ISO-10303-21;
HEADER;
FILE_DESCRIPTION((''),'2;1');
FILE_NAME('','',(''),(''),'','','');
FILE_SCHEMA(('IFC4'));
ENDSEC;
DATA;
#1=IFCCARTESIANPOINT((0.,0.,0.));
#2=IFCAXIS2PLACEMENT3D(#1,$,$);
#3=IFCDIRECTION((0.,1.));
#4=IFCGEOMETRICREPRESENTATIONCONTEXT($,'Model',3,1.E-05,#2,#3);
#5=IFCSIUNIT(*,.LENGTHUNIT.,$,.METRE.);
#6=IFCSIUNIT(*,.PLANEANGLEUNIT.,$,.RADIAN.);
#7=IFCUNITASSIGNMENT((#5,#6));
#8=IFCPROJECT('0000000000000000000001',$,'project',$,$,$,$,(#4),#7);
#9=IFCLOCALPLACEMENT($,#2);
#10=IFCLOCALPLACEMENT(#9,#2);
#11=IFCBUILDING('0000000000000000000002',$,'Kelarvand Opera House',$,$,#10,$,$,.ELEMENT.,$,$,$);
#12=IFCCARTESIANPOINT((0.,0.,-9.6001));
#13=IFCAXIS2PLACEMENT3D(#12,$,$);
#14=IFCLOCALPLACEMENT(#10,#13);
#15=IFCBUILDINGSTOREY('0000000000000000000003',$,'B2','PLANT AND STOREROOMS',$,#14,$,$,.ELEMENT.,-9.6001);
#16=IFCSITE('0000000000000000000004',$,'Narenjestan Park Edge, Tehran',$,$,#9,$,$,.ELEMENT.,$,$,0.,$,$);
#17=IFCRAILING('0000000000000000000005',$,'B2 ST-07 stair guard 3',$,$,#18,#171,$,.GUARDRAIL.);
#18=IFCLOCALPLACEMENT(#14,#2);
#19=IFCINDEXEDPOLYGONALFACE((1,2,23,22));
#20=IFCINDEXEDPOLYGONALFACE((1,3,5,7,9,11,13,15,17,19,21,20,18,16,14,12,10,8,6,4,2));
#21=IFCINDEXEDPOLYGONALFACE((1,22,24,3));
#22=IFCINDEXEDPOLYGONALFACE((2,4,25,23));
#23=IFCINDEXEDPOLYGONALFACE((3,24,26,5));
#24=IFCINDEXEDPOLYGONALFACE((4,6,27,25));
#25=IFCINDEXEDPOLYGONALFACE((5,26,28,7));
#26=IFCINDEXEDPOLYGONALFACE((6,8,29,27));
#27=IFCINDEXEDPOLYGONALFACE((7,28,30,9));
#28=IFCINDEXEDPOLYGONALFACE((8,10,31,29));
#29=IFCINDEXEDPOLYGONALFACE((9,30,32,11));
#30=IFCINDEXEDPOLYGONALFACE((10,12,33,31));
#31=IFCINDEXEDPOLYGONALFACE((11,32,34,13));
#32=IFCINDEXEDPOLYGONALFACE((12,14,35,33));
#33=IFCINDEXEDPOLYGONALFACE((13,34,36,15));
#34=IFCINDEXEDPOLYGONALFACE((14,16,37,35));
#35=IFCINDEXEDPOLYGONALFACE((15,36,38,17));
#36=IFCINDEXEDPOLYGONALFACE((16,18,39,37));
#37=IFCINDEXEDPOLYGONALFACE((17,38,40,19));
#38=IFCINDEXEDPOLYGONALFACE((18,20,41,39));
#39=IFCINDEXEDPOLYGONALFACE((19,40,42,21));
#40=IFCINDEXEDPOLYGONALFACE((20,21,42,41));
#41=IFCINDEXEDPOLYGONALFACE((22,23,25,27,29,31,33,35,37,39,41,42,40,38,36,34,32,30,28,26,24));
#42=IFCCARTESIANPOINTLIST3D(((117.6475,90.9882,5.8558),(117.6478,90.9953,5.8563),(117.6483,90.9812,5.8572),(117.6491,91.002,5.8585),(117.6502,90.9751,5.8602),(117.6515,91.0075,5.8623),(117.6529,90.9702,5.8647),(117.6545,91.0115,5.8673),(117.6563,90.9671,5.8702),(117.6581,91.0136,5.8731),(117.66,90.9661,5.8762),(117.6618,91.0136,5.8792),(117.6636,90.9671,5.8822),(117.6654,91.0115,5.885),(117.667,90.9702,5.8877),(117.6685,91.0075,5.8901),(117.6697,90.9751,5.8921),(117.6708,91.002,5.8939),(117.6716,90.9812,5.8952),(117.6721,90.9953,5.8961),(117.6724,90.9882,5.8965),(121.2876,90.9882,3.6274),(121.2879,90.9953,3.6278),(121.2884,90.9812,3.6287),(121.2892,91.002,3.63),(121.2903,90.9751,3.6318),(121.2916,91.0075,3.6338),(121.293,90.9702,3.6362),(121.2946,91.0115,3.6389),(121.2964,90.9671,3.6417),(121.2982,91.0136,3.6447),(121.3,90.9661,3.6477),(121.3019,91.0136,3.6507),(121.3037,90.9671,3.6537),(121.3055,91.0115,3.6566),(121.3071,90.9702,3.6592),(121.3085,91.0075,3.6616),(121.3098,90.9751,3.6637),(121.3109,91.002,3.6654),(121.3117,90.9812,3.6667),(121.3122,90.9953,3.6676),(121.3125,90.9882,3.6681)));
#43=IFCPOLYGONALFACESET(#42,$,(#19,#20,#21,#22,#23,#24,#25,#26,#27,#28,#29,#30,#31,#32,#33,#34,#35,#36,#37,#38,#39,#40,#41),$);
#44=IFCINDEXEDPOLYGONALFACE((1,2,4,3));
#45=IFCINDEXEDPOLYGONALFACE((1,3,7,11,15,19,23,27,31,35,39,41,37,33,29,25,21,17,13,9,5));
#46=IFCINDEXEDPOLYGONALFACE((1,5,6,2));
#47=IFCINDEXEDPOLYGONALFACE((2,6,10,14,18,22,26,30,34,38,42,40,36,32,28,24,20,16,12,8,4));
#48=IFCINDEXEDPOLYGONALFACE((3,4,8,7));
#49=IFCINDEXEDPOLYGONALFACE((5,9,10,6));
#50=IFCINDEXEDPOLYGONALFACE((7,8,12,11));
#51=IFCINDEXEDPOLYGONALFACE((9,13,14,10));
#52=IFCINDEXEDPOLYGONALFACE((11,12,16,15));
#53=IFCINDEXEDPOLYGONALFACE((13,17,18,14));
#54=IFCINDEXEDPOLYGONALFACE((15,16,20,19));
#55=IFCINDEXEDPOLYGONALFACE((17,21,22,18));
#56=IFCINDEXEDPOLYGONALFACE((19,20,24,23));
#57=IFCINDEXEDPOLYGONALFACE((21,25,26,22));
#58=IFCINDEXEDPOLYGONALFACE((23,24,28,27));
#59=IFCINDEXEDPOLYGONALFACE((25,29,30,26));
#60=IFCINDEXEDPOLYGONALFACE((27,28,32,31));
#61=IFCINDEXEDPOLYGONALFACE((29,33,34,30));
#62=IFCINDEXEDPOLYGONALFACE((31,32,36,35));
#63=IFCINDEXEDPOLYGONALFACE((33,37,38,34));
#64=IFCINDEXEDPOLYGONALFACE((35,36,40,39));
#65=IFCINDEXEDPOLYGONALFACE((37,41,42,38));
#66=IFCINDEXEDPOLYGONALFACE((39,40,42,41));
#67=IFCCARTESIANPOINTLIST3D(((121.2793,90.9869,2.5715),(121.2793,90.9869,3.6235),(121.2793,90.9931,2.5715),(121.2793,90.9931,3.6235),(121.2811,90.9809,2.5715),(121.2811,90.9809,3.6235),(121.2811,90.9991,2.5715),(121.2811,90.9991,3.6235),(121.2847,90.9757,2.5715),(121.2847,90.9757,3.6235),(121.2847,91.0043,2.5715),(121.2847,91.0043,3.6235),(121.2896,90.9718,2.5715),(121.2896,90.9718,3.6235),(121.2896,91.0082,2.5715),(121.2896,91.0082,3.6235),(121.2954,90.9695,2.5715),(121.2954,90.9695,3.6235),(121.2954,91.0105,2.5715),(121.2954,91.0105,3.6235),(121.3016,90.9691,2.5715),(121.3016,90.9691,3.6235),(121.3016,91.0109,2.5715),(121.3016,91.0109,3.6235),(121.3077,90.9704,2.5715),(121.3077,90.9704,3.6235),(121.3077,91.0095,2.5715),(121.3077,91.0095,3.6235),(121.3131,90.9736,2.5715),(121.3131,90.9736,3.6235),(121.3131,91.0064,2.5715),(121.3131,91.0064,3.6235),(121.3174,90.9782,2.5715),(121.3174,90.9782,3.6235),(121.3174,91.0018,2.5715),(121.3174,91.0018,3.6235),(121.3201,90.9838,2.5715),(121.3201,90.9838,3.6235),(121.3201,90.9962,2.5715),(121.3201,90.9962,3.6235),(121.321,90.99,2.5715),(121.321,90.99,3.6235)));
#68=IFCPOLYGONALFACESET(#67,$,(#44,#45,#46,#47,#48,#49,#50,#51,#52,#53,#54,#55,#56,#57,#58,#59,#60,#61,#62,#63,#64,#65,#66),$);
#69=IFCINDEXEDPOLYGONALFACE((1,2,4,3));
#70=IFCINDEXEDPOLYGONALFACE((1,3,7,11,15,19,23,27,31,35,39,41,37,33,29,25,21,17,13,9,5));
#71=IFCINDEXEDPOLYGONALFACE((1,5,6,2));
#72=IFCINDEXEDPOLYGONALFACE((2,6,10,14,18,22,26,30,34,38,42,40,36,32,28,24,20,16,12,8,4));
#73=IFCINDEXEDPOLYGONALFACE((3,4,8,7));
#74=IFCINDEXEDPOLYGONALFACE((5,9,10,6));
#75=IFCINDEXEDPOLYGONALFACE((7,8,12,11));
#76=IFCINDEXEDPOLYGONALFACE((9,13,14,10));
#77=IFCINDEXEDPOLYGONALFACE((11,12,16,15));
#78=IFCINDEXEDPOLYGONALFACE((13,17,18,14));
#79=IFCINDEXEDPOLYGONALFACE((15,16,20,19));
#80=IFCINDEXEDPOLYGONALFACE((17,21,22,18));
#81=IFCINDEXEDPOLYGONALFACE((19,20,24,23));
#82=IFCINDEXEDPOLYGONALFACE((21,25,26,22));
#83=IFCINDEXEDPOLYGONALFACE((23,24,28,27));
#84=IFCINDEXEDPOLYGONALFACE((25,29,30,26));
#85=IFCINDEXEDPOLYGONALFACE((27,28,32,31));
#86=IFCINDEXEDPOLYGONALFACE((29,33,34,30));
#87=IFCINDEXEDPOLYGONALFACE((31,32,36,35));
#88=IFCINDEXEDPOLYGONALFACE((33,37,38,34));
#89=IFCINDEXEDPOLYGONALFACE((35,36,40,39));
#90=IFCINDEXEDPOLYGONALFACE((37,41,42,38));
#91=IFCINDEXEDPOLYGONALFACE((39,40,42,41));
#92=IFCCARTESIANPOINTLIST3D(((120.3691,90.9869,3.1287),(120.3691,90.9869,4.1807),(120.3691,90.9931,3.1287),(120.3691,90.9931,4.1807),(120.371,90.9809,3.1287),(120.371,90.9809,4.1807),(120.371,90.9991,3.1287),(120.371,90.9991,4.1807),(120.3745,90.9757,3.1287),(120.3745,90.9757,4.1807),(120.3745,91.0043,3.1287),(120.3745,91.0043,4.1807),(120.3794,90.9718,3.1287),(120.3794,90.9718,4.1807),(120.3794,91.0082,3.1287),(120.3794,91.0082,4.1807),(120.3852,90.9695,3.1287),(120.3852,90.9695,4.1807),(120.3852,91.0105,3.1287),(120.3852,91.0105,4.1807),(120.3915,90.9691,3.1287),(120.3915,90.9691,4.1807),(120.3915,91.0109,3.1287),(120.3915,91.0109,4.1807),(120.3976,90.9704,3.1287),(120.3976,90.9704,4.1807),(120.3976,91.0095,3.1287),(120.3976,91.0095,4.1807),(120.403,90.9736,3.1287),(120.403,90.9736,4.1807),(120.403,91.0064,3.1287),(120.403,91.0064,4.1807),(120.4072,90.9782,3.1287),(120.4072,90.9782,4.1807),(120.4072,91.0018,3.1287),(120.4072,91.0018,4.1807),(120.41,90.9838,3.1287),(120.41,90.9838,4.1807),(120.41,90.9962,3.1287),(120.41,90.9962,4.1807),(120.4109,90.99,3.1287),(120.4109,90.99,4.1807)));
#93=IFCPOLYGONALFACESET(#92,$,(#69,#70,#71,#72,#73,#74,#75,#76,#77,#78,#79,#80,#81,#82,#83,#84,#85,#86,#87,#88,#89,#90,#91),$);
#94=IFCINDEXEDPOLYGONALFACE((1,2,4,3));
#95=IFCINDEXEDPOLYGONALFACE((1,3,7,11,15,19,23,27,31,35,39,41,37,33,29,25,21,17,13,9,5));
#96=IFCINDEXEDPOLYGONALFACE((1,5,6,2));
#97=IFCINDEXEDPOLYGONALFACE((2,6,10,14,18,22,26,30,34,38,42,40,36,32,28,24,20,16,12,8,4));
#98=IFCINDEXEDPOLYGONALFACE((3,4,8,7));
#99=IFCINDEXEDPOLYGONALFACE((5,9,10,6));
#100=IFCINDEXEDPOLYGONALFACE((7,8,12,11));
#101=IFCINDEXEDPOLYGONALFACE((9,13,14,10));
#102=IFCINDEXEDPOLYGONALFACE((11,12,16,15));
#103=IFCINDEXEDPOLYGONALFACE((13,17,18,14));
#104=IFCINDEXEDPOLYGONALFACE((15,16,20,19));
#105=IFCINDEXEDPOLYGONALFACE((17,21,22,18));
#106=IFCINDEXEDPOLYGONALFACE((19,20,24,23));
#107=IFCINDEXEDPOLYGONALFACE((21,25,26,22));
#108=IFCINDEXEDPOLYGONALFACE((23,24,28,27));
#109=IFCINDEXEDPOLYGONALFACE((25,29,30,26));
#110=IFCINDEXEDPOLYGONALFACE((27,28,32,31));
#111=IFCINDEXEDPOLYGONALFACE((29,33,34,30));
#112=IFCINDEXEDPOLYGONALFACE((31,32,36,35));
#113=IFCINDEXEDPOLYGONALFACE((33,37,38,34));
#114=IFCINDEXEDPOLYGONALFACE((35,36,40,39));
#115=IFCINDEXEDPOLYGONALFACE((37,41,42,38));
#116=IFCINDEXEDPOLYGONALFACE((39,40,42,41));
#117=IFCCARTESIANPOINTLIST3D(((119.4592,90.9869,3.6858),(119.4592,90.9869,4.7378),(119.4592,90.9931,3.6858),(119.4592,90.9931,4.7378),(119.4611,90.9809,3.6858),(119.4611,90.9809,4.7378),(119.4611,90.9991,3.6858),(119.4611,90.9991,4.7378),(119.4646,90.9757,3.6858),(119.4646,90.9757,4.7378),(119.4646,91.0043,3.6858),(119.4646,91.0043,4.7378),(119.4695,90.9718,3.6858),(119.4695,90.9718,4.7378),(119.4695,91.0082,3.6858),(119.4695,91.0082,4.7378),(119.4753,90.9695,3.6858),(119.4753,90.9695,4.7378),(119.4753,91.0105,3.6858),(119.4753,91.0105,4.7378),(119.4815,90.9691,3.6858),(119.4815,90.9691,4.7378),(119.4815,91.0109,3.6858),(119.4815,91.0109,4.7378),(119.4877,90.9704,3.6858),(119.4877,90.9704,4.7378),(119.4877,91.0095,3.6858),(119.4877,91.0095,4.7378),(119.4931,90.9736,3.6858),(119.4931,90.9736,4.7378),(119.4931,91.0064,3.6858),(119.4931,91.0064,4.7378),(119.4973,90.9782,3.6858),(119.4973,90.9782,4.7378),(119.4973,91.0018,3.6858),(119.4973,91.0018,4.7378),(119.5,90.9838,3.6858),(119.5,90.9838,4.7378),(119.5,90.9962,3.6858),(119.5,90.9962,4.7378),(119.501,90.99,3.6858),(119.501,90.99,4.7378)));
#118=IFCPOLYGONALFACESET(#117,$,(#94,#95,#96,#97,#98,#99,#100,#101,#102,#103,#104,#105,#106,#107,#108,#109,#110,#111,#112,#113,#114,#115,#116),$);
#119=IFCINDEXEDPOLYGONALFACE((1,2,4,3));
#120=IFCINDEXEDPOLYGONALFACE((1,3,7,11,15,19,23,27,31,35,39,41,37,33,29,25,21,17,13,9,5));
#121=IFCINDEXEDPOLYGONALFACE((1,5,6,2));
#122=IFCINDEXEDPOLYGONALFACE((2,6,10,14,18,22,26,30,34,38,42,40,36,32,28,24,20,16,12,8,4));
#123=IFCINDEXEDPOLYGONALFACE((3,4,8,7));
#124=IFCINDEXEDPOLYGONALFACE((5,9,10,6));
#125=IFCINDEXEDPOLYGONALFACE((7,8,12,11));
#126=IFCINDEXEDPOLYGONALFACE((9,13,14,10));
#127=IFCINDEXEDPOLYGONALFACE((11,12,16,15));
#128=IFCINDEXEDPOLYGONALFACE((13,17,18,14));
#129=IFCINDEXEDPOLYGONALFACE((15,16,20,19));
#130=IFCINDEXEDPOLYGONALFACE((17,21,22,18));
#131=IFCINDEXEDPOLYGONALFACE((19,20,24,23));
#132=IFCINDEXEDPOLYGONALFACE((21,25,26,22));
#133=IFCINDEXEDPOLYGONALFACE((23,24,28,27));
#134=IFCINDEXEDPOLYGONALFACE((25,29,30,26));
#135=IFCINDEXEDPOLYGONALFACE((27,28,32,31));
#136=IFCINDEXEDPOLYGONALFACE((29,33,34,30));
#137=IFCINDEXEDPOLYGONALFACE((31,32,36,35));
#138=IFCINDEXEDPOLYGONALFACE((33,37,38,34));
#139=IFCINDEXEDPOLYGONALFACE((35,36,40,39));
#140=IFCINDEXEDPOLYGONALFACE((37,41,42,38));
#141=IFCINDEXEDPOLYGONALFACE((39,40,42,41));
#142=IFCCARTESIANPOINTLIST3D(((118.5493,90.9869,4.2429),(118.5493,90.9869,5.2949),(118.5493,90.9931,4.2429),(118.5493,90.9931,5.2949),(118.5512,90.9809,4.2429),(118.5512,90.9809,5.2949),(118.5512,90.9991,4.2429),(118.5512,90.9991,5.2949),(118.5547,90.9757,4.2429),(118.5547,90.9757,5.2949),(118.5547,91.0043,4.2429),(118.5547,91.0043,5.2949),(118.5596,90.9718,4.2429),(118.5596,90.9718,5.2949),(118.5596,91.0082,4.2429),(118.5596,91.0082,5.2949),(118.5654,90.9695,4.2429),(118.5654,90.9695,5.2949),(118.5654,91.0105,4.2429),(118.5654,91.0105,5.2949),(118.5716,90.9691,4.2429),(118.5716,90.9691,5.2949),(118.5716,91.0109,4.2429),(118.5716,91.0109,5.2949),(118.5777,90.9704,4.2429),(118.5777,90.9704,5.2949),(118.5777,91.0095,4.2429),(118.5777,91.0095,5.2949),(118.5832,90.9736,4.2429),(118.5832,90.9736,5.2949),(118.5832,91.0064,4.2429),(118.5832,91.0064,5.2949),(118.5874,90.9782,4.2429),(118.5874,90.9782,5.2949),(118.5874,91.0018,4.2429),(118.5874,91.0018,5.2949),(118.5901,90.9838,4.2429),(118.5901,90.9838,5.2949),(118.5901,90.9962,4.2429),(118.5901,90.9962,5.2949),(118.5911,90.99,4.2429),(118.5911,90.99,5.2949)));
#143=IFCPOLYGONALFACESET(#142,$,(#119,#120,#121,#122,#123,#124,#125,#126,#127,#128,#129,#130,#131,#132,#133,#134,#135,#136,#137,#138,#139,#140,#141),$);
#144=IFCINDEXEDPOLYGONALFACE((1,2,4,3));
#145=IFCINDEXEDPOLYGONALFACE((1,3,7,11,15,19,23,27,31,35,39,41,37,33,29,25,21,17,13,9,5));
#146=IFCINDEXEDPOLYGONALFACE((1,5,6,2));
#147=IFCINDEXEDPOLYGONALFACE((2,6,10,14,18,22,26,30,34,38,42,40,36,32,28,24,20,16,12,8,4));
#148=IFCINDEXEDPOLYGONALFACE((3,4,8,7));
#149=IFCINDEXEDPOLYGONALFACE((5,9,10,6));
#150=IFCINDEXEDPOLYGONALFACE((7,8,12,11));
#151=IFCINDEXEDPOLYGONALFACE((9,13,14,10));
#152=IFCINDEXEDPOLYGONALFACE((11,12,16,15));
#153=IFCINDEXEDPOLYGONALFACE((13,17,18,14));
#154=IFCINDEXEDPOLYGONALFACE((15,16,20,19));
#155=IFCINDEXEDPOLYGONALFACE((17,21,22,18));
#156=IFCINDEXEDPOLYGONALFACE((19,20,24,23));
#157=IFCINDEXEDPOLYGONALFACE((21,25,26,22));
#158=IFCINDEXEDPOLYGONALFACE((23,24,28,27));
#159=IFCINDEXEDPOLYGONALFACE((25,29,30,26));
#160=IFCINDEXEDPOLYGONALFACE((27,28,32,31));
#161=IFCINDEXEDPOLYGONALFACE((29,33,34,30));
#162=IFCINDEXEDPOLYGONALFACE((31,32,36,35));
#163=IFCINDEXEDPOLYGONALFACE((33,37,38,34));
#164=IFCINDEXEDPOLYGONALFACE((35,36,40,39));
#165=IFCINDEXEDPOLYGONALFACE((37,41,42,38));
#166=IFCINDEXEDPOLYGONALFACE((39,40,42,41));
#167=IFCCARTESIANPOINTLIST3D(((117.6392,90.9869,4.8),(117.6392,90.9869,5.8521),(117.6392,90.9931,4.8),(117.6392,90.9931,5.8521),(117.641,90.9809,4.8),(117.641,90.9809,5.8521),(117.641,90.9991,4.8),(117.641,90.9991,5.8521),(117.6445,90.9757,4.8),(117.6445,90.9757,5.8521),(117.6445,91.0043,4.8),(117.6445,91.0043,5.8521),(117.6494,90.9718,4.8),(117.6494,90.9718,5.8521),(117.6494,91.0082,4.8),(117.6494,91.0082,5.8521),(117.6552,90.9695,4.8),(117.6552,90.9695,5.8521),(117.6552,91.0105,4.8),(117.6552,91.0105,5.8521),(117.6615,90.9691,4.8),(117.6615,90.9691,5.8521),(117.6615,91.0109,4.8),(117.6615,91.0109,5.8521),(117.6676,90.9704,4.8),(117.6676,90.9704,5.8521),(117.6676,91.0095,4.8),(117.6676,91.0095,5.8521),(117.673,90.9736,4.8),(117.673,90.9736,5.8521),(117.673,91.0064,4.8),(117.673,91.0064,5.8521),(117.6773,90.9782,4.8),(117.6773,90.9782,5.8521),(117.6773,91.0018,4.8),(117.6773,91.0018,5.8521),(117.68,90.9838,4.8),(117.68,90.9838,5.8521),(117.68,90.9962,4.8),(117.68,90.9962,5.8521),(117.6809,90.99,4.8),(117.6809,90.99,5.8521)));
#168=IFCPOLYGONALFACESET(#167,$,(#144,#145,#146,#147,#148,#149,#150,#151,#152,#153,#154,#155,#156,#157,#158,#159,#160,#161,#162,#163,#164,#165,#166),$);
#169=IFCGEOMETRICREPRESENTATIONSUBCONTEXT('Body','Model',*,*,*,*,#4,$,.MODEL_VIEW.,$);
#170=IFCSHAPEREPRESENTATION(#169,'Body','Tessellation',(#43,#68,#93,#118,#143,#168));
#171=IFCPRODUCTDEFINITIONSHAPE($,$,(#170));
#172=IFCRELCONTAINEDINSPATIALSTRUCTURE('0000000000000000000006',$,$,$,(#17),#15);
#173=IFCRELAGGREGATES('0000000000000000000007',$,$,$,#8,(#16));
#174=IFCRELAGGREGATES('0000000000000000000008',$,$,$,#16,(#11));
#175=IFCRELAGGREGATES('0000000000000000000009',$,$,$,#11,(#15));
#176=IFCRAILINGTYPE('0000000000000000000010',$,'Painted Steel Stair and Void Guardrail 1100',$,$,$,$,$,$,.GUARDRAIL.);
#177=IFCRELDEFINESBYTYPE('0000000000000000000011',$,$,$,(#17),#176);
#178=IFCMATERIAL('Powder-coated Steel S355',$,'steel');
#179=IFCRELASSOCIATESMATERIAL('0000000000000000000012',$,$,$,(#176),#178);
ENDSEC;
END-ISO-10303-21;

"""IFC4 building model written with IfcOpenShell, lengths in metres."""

from ifc_helpers import new_model, si_unit, direction, frame, origin, origin_2d, place, context, subcontext, project, spatial, circle, extrude, material, type_object, element, save


model = new_model("IFC4")

# Units and contexts
model_context = context("Model", 3, precision=1e-05, world=origin(), true_north=direction((0.0, 1.0)))
body_context = subcontext(model_context, "Body", "Model", "MODEL_VIEW")
ifc_project = project(units=[si_unit("LENGTHUNIT", "METRE"), si_unit("PLANEANGLEUNIT", "RADIAN")], contexts=[model_context])

# Site, building, storey
site_placement = place(None, origin())
site = spatial("IfcSite", under=ifc_project, at=site_placement, Name="Narenjestan Park Edge, Tehran", CompositionType="ELEMENT", RefElevation=0.0)
building_placement = place(site_placement, origin())
building = spatial("IfcBuilding", under=site, at=building_placement, Name="Kelarvand Opera House", CompositionType="ELEMENT")
storey_placement = place(building_placement, frame((0.0, 0.0, -9.6001)))
storey = spatial("IfcBuildingStorey", under=building, at=storey_placement, Name="B2", Description="PLANT AND STOREROOMS", CompositionType="ELEMENT", Elevation=-9.6001)

# Railing
ifc_material_1 = material(Name="Powder-coated Steel S355", Category="steel")
railing_type_1 = type_object("IfcRailingType", Name="Painted Steel Stair and Void Guardrail 1100", PredefinedType="GUARDRAIL", material=ifc_material_1)
railing_1_placement = place(storey_placement, frame((121.3, 90.99, 2.5715)))
element("IfcRailing", 1, at=railing_1_placement, inside=storey, type_object=railing_type_1, Name="B2 ST-07 stair guard 3", PredefinedType="GUARDRAIL", context=body_context, shape_type="SweptSolid", body=[
    extrude(circle(Radius=0.0239, at=origin_2d()), frame((0.0, 0.0, 1.0762), z_axis=(-0.852866, 0.0, 0.52213), x_axis=(0.0, -1.0, 0.0)), (0.0, 0.0, 1.0), 4.2681),
    extrude(circle(Radius=0.021, at=origin_2d()), origin(), (0.0, 0.0, 1.0), 1.052),
    extrude(circle(Radius=0.021, at=origin_2d()), frame((-0.9102, 0.0, 0.5571)), (0.0, 0.0, 1.0), 1.052),
    extrude(circle(Radius=0.021, at=origin_2d()), frame((-1.8201, 0.0, 1.1143)), (0.0, 0.0, 1.0), 1.052),
    extrude(circle(Radius=0.021, at=origin_2d()), frame((-2.73, 0.0, 1.6714)), (0.0, 0.0, 1.0), 1.052),
    extrude(circle(Radius=0.021, at=origin_2d()), frame((-3.6401, 0.0, 2.2285)), (0.0, 0.0, 1.0), 1.052),
])

save(model, "model.ifc")
